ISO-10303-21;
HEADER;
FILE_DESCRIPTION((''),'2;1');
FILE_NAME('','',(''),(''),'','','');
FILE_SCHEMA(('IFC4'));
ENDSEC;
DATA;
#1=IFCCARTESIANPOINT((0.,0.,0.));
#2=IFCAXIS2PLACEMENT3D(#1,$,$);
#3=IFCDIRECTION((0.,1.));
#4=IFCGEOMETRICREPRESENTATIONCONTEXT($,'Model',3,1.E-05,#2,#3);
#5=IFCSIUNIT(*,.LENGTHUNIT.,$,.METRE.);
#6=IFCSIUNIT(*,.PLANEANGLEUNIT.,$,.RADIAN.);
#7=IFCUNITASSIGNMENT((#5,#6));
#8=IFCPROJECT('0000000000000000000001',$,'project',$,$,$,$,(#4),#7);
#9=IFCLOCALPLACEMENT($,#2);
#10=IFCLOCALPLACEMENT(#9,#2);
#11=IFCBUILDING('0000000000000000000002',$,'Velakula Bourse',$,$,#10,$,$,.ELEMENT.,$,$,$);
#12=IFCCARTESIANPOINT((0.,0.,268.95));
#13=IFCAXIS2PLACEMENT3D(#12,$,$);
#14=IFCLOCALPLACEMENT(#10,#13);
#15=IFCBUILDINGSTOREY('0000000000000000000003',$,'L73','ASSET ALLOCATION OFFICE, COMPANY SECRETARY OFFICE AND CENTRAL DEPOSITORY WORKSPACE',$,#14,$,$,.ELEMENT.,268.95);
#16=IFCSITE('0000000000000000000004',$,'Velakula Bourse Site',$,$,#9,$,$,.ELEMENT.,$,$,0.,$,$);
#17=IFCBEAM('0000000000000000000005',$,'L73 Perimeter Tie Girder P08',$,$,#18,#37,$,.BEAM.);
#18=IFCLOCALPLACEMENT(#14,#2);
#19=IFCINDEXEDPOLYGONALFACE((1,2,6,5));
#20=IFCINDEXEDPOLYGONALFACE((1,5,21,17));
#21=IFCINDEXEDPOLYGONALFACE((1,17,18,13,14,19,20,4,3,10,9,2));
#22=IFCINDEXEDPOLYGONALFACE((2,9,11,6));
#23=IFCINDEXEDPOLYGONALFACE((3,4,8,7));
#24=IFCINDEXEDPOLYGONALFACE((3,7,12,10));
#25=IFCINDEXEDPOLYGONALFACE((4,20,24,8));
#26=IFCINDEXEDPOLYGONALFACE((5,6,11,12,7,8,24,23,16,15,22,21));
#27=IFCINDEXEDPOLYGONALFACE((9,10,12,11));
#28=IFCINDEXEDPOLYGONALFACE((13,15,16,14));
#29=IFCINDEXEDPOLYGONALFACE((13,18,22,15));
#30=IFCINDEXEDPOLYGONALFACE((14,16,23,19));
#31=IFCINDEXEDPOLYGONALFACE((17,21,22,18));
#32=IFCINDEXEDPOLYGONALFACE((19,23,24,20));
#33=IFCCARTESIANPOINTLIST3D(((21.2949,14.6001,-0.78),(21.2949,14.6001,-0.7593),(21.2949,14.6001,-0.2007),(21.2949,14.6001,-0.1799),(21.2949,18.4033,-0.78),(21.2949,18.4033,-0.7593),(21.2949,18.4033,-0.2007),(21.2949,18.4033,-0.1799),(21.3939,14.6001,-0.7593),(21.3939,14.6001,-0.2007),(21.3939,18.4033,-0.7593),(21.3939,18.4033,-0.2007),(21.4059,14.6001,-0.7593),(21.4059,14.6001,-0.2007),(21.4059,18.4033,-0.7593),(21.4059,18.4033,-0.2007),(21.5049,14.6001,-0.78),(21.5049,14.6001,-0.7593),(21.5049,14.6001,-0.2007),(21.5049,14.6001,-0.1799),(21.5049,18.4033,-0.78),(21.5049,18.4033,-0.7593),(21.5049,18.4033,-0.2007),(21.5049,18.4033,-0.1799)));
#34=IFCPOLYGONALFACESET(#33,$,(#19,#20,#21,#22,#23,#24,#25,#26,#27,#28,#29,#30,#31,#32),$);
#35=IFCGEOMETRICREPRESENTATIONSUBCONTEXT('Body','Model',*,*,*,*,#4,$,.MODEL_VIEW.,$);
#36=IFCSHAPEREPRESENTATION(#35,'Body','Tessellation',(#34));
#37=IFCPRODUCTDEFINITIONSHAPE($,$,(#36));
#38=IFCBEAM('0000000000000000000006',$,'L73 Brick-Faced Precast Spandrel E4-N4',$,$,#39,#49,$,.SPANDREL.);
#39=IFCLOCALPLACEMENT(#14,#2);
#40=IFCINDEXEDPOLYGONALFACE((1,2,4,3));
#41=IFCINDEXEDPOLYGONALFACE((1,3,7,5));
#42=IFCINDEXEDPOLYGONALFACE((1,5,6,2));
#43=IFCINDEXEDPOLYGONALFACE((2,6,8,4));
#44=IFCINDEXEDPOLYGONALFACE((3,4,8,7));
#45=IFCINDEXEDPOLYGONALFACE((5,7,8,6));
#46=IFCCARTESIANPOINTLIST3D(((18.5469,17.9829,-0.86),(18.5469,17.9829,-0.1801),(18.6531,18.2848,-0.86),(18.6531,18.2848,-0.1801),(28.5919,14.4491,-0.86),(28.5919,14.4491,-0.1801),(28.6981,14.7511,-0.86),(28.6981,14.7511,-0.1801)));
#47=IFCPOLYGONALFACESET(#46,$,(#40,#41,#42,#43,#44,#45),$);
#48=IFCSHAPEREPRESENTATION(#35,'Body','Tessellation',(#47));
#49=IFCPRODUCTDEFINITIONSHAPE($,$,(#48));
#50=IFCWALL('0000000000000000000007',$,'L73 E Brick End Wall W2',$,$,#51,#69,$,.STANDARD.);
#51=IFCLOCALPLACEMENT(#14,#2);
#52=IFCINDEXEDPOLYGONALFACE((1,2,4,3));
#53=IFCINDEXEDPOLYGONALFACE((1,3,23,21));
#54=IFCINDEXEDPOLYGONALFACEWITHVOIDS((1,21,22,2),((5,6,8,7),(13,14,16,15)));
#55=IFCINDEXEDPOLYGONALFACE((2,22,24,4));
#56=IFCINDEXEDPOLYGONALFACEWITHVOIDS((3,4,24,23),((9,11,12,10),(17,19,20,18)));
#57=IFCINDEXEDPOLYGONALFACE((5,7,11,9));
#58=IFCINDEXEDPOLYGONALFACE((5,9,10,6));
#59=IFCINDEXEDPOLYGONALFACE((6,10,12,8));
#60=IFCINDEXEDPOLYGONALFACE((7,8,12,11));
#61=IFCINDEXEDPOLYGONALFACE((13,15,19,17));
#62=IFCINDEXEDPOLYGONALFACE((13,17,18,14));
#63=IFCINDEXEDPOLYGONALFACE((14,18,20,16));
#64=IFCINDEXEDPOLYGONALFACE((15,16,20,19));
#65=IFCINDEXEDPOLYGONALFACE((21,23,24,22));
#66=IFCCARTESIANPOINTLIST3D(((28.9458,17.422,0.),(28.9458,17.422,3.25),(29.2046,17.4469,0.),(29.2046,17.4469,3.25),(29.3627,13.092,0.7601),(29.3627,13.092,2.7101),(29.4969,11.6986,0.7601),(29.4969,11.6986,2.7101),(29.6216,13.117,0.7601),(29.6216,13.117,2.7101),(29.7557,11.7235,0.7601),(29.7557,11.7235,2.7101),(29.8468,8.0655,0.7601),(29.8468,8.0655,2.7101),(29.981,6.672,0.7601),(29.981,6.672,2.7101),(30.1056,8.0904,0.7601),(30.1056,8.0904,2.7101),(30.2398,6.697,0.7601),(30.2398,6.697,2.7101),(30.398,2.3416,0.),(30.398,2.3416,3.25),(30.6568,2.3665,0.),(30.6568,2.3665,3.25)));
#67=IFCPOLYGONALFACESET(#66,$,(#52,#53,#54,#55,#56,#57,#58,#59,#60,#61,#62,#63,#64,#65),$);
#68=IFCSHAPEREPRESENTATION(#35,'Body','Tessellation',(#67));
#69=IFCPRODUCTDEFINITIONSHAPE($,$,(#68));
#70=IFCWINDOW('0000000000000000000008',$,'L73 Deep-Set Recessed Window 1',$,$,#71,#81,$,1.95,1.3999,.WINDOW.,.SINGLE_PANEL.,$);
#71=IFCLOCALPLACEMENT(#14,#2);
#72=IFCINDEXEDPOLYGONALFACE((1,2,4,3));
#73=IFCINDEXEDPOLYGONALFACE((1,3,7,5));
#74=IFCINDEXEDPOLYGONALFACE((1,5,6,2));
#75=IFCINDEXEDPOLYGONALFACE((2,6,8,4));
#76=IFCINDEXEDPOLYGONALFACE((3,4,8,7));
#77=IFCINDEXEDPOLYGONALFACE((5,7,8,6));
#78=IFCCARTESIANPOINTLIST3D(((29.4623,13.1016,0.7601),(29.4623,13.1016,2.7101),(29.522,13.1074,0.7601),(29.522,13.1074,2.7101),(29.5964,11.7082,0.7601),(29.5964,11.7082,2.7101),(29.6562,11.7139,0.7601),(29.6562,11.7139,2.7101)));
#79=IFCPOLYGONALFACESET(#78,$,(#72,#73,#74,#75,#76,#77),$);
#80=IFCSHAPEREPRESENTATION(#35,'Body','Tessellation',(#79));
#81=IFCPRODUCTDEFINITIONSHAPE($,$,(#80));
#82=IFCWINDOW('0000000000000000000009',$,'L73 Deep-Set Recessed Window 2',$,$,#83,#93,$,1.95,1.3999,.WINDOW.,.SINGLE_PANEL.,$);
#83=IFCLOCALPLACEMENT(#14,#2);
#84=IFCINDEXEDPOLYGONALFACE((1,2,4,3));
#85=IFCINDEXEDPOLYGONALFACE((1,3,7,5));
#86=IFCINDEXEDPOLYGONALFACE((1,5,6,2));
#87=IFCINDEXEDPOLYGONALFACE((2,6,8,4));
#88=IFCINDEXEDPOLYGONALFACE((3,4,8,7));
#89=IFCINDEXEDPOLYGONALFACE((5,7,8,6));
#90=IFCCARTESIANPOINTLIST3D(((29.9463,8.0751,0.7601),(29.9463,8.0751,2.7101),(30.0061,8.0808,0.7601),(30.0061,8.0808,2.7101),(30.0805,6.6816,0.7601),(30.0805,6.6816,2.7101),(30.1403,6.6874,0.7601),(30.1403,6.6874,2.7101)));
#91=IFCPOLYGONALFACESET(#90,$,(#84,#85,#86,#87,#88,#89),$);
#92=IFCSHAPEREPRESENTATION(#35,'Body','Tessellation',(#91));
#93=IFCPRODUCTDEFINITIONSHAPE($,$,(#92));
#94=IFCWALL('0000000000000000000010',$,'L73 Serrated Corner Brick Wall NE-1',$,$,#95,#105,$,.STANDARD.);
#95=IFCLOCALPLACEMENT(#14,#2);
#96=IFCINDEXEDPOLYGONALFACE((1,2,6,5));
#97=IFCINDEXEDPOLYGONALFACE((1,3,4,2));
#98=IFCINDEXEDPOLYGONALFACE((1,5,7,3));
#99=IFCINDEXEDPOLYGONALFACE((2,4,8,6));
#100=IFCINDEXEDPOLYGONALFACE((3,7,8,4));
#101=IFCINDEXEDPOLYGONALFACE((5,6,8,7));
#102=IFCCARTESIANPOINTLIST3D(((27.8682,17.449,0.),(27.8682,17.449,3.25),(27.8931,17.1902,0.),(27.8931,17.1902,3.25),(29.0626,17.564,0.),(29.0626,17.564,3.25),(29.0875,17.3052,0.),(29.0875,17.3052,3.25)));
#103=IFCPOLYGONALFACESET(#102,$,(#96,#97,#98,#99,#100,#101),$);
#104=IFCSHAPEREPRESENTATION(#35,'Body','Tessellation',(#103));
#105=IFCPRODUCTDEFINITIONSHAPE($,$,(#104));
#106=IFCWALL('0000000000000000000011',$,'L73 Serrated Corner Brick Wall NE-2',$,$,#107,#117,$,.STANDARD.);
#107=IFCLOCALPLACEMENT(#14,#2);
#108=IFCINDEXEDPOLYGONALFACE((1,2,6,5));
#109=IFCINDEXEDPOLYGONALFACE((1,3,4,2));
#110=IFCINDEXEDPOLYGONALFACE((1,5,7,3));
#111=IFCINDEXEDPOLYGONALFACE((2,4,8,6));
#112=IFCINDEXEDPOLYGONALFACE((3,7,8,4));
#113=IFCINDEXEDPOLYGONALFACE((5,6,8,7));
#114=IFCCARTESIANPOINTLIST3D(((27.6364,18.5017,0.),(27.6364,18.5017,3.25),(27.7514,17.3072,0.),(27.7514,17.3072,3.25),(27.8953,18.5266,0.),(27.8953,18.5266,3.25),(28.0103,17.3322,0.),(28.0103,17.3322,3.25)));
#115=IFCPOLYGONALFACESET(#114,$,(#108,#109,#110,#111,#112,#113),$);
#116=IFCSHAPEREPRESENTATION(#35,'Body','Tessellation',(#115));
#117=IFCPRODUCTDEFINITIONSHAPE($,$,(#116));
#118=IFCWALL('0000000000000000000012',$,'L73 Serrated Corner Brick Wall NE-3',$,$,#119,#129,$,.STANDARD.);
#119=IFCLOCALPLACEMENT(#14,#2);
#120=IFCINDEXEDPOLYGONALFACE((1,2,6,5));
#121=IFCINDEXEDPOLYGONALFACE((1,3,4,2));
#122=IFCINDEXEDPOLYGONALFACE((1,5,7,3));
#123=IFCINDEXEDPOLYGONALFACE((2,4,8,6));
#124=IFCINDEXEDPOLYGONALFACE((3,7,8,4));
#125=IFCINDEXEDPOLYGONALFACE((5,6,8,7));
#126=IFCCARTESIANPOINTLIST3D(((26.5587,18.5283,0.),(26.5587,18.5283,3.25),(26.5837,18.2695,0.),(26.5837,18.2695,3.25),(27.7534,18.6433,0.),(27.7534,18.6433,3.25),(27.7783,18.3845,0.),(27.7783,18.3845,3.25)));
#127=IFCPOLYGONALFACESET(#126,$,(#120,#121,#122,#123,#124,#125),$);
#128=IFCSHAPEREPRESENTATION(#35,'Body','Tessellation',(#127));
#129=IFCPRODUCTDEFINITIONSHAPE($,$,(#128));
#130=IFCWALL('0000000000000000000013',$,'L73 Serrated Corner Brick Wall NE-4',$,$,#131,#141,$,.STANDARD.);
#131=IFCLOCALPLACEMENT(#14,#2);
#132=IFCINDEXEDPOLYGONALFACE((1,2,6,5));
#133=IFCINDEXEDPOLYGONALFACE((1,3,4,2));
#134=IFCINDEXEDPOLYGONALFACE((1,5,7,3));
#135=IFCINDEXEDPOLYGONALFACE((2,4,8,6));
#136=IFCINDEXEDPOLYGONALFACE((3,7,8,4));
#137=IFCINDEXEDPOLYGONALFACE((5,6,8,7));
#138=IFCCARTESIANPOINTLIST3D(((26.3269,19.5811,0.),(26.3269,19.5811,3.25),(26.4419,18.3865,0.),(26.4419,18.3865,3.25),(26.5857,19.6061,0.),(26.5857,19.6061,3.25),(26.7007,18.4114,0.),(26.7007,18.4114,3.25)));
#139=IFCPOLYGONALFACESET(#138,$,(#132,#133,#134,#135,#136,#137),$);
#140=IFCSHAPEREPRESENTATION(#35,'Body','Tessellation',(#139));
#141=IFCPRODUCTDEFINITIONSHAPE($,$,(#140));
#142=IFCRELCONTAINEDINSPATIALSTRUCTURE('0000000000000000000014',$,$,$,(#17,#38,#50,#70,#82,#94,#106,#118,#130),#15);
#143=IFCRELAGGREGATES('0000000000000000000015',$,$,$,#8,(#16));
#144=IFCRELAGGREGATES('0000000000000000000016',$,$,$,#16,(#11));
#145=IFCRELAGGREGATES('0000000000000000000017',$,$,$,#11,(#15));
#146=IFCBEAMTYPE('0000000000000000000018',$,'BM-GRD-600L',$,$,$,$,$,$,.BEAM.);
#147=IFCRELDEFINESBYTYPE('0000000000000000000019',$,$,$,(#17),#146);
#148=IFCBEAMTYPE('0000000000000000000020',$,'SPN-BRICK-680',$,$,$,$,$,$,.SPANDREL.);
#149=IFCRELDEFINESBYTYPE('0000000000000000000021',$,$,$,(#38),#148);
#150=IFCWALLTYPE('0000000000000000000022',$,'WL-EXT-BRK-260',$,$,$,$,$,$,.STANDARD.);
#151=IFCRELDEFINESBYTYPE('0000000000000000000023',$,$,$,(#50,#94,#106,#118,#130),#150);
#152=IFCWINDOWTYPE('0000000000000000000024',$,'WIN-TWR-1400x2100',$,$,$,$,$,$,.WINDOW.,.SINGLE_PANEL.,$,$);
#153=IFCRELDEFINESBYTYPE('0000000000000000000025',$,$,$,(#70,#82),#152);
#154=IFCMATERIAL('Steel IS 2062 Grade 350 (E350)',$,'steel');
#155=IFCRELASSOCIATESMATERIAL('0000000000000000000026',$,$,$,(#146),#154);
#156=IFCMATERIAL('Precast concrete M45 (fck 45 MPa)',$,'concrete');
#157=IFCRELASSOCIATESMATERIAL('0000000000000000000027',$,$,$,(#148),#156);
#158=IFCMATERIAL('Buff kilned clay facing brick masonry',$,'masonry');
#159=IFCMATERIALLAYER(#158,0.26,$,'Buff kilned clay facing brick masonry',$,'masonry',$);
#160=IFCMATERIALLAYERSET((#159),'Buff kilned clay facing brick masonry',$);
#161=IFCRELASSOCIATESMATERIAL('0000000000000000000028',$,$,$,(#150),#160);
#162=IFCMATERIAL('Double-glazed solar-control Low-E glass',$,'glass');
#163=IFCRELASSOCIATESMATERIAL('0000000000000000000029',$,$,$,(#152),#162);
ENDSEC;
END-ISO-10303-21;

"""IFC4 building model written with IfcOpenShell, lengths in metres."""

from ifc_helpers import new_model, si_unit, direction, frame, frame_2d, origin, origin_2d, place, context, subcontext, project, spatial, rectangle, i_section, extrude, material, layer, layer_set, material_profile, profile_set, type_object, element, fill, save


model = new_model("IFC4")

# Units and contexts
model_context = context("Model", 3, precision=1e-05, world=origin(), true_north=direction((0.0, 1.0)))
body_context = subcontext(model_context, "Body", "Model", "MODEL_VIEW")
ifc_project = project(units=[si_unit("LENGTHUNIT", "METRE"), si_unit("PLANEANGLEUNIT", "RADIAN")], contexts=[model_context])

# Site, building, storey
site_placement = place(None, origin())
site = spatial("IfcSite", under=ifc_project, at=site_placement, Name="Velakula Bourse Site", CompositionType="ELEMENT", RefElevation=0.0)
building_placement = place(site_placement, origin())
building = spatial("IfcBuilding", under=site, at=building_placement, Name="Velakula Bourse", CompositionType="ELEMENT")
storey_placement = place(building_placement, frame((0.0, 0.0, 268.95)))
storey = spatial("IfcBuildingStorey", under=building, at=storey_placement, Name="L73", Description="ASSET ALLOCATION OFFICE, COMPANY SECRETARY OFFICE AND CENTRAL DEPOSITORY WORKSPACE", CompositionType="ELEMENT", Elevation=268.95)

# Shared definitions
ifc_material_1 = material(Name="Steel IS 2062 Grade 350 (E350)", Category="steel")
ifc_material_2 = material(Name="Precast concrete M45 (fck 45 MPa)", Category="concrete")

# Beams
ifc_material_profile_1 = material_profile(ifc_material_1, i_section(OverallWidth=0.21, OverallDepth=0.6001, WebThickness=0.012, FlangeThickness=0.0208, at=origin_2d()), Name="Steel IS 2062 Grade 350 (E350)")
ifc_profile_set_1 = profile_set([ifc_material_profile_1], Name="Steel IS 2062 Grade 350 (E350)")
beam_type_1 = type_object("IfcBeamType", Name="BM-GRD-600L", PredefinedType="BEAM", material=ifc_profile_set_1)
beam_1_placement = place(storey_placement, frame((21.3999, 14.6001, -0.48), z_axis=(0.0, 1.0, 0.0), x_axis=(-1.0, 0.0, 0.0)))
element("IfcBeam", 1, at=beam_1_placement, inside=storey, type_object=beam_type_1, Name="L73 Perimeter Tie Girder P08", PredefinedType="BEAM", context=body_context, shape_type="SweptSolid", body=[
    extrude(i_section(OverallWidth=0.21, OverallDepth=0.6001, WebThickness=0.012, FlangeThickness=0.0208, at=origin_2d()), origin(), (0.0, 0.0, 1.0), 3.8032),
])
ifc_material_profile_2 = material_profile(ifc_material_2, rectangle(XDim=0.3201, YDim=0.6799, at=origin_2d()), Name="Precast concrete M45 (fck 45 MPa)")
ifc_profile_set_2 = profile_set([ifc_material_profile_2], Name="Precast concrete M45 (fck 45 MPa)")
beam_type_2 = type_object("IfcBeamType", Name="SPN-BRICK-680", PredefinedType="SPANDREL", material=ifc_profile_set_2)
beam_2_placement = place(storey_placement, frame((28.645, 14.6001, -0.52), z_axis=(-0.943331, 0.331853, 0.0), x_axis=(-0.331853, -0.943331, 0.0)))
element("IfcBeam", 2, at=beam_2_placement, inside=storey, type_object=beam_type_2, Name="L73 Brick-Faced Precast Spandrel E4-N4", PredefinedType="SPANDREL", context=body_context, shape_type="SweptSolid", body=[
    extrude(rectangle(XDim=0.3201, YDim=0.6799, at=origin_2d()), origin(), (0.0, 0.0, 1.0), 10.6484),
])

# Wall, openings, windows
ifc_material_3 = material(Name="Buff kilned clay facing brick masonry", Category="masonry")
ifc_layer = layer(ifc_material_3, 0.26, Name="Buff kilned clay facing brick masonry", Category="masonry")
ifc_layer_set = layer_set([ifc_layer], Name="Buff kilned clay facing brick masonry")
wall_type = type_object("IfcWallType", Name="WL-EXT-BRK-260", PredefinedType="STANDARD", material=ifc_layer_set)
wall_placement = place(storey_placement, frame((29.0752, 17.4346, 0.0), z_axis=(0.0, 0.0, 1.0), x_axis=(0.095851, -0.995396, 0.0)))
wall = element("IfcWall", 3, at=wall_placement, inside=storey, type_object=wall_type, Name="L73 E Brick End Wall W2", PredefinedType="STANDARD", context=body_context, shape_type="SweptSolid", body=[
    extrude(rectangle(XDim=15.1501, YDim=0.26, at=frame_2d((7.5752, 0.0))), origin(), (0.0, 0.0, 1.0), 3.25),
])
opening_1_placement = place(wall_placement, frame((4.3501, 0.0, 0.76)))
opening_1 = element("IfcOpeningElement", 4, at=opening_1_placement, cuts=wall, PredefinedType="OPENING", context=body_context, shape_type="SweptSolid", body=[
    extrude(rectangle(XDim=1.3999, YDim=1.95, at=frame_2d((0.7, 0.9751))), frame((0.0, 0.1399, 0.0), z_axis=(0.0, -1.0, 0.0), x_axis=(1.0, 0.0, 0.0)), (0.0, 0.0, 1.0), 0.28),
])
opening_2_placement = place(wall_placement, frame((9.3999, 0.0, 0.76)))
opening_2 = element("IfcOpeningElement", 5, at=opening_2_placement, cuts=wall, PredefinedType="OPENING", context=body_context, shape_type="SweptSolid", body=[
    extrude(rectangle(XDim=1.3999, YDim=1.95, at=frame_2d((0.7, 0.9751))), frame((0.0, 0.1399, 0.0), z_axis=(0.0, -1.0, 0.0), x_axis=(1.0, 0.0, 0.0)), (0.0, 0.0, 1.0), 0.28),
])
ifc_material_4 = material(Name="Double-glazed solar-control Low-E glass", Category="glass")
window_type = type_object("IfcWindowType", Name="WIN-TWR-1400x2100", PartitioningType="SINGLE_PANEL", PredefinedType="WINDOW", material=ifc_material_4)
window_1_placement = place(opening_1_placement, origin())
window_1 = element("IfcWindow", 6, at=window_1_placement, inside=storey, type_object=window_type, Name="L73 Deep-Set Recessed Window 1", OverallHeight=1.95, OverallWidth=1.3999, PartitioningType="SINGLE_PANEL", PredefinedType="WINDOW", context=body_context, shape_type="SweptSolid", body=[
    extrude(rectangle(XDim=1.3999, YDim=1.95, at=frame_2d((0.7, 0.9751))), frame((0.0, 0.03, 0.0), z_axis=(0.0, -1.0, 0.0), x_axis=(1.0, 0.0, 0.0)), (0.0, 0.0, 1.0), 0.0601),
])
fill(opening_1, window_1)
window_2_placement = place(opening_2_placement, origin())
window_2 = element("IfcWindow", 7, at=window_2_placement, inside=storey, type_object=window_type, Name="L73 Deep-Set Recessed Window 2", OverallHeight=1.95, OverallWidth=1.3999, PartitioningType="SINGLE_PANEL", PredefinedType="WINDOW", context=body_context, shape_type="SweptSolid", body=[
    extrude(rectangle(XDim=1.3999, YDim=1.95, at=frame_2d((0.7, 0.9751))), frame((0.0, 0.03, 0.0), z_axis=(0.0, -1.0, 0.0), x_axis=(1.0, 0.0, 0.0)), (0.0, 0.0, 1.0), 0.0601),
])
fill(opening_2, window_2)

# Walls
for number, where, z_axis, x_axis, name in (
    (8, (29.0752, 17.4346, 0.0), (0.0, 0.0, 1.0), (-0.995397, -0.095836, 0.0), "L73 Serrated Corner Brick Wall NE-1"),
    (9, (27.8809, 17.3196, 0.0), (0.0, 0.0, 1.0), (-0.095836, 0.995397, 0.0), "L73 Serrated Corner Brick Wall NE-2"),
):
    element("IfcWall", number, at=place(storey_placement, frame(where, z_axis=z_axis, x_axis=x_axis)), inside=storey, type_object=wall_type, Name=name, PredefinedType="STANDARD", context=body_context, shape_type="SweptSolid", body=[
        extrude(rectangle(XDim=1.2, YDim=0.26, at=frame_2d((0.6001, 0.0))), origin(), (0.0, 0.0, 1.0), 3.25),
    ])
for number, where, z_axis, x_axis, name in (
    (10, (27.7659, 18.5139, 0.0), (0.0, 0.0, 1.0), (-0.995399, -0.095817, 0.0), "L73 Serrated Corner Brick Wall NE-3"),
    (11, (26.5713, 18.3989, 0.0), (0.0, 0.0, 1.0), (-0.095817, 0.995399, 0.0), "L73 Serrated Corner Brick Wall NE-4"),
):
    element("IfcWall", number, at=place(storey_placement, frame(where, z_axis=z_axis, x_axis=x_axis)), inside=storey, type_object=wall_type, Name=name, PredefinedType="STANDARD", context=body_context, shape_type="SweptSolid", body=[
        extrude(rectangle(XDim=1.2002, YDim=0.26, at=frame_2d((0.6001, 0.0))), origin(), (0.0, 0.0, 1.0), 3.25),
    ])

save(model, "model.ifc")
